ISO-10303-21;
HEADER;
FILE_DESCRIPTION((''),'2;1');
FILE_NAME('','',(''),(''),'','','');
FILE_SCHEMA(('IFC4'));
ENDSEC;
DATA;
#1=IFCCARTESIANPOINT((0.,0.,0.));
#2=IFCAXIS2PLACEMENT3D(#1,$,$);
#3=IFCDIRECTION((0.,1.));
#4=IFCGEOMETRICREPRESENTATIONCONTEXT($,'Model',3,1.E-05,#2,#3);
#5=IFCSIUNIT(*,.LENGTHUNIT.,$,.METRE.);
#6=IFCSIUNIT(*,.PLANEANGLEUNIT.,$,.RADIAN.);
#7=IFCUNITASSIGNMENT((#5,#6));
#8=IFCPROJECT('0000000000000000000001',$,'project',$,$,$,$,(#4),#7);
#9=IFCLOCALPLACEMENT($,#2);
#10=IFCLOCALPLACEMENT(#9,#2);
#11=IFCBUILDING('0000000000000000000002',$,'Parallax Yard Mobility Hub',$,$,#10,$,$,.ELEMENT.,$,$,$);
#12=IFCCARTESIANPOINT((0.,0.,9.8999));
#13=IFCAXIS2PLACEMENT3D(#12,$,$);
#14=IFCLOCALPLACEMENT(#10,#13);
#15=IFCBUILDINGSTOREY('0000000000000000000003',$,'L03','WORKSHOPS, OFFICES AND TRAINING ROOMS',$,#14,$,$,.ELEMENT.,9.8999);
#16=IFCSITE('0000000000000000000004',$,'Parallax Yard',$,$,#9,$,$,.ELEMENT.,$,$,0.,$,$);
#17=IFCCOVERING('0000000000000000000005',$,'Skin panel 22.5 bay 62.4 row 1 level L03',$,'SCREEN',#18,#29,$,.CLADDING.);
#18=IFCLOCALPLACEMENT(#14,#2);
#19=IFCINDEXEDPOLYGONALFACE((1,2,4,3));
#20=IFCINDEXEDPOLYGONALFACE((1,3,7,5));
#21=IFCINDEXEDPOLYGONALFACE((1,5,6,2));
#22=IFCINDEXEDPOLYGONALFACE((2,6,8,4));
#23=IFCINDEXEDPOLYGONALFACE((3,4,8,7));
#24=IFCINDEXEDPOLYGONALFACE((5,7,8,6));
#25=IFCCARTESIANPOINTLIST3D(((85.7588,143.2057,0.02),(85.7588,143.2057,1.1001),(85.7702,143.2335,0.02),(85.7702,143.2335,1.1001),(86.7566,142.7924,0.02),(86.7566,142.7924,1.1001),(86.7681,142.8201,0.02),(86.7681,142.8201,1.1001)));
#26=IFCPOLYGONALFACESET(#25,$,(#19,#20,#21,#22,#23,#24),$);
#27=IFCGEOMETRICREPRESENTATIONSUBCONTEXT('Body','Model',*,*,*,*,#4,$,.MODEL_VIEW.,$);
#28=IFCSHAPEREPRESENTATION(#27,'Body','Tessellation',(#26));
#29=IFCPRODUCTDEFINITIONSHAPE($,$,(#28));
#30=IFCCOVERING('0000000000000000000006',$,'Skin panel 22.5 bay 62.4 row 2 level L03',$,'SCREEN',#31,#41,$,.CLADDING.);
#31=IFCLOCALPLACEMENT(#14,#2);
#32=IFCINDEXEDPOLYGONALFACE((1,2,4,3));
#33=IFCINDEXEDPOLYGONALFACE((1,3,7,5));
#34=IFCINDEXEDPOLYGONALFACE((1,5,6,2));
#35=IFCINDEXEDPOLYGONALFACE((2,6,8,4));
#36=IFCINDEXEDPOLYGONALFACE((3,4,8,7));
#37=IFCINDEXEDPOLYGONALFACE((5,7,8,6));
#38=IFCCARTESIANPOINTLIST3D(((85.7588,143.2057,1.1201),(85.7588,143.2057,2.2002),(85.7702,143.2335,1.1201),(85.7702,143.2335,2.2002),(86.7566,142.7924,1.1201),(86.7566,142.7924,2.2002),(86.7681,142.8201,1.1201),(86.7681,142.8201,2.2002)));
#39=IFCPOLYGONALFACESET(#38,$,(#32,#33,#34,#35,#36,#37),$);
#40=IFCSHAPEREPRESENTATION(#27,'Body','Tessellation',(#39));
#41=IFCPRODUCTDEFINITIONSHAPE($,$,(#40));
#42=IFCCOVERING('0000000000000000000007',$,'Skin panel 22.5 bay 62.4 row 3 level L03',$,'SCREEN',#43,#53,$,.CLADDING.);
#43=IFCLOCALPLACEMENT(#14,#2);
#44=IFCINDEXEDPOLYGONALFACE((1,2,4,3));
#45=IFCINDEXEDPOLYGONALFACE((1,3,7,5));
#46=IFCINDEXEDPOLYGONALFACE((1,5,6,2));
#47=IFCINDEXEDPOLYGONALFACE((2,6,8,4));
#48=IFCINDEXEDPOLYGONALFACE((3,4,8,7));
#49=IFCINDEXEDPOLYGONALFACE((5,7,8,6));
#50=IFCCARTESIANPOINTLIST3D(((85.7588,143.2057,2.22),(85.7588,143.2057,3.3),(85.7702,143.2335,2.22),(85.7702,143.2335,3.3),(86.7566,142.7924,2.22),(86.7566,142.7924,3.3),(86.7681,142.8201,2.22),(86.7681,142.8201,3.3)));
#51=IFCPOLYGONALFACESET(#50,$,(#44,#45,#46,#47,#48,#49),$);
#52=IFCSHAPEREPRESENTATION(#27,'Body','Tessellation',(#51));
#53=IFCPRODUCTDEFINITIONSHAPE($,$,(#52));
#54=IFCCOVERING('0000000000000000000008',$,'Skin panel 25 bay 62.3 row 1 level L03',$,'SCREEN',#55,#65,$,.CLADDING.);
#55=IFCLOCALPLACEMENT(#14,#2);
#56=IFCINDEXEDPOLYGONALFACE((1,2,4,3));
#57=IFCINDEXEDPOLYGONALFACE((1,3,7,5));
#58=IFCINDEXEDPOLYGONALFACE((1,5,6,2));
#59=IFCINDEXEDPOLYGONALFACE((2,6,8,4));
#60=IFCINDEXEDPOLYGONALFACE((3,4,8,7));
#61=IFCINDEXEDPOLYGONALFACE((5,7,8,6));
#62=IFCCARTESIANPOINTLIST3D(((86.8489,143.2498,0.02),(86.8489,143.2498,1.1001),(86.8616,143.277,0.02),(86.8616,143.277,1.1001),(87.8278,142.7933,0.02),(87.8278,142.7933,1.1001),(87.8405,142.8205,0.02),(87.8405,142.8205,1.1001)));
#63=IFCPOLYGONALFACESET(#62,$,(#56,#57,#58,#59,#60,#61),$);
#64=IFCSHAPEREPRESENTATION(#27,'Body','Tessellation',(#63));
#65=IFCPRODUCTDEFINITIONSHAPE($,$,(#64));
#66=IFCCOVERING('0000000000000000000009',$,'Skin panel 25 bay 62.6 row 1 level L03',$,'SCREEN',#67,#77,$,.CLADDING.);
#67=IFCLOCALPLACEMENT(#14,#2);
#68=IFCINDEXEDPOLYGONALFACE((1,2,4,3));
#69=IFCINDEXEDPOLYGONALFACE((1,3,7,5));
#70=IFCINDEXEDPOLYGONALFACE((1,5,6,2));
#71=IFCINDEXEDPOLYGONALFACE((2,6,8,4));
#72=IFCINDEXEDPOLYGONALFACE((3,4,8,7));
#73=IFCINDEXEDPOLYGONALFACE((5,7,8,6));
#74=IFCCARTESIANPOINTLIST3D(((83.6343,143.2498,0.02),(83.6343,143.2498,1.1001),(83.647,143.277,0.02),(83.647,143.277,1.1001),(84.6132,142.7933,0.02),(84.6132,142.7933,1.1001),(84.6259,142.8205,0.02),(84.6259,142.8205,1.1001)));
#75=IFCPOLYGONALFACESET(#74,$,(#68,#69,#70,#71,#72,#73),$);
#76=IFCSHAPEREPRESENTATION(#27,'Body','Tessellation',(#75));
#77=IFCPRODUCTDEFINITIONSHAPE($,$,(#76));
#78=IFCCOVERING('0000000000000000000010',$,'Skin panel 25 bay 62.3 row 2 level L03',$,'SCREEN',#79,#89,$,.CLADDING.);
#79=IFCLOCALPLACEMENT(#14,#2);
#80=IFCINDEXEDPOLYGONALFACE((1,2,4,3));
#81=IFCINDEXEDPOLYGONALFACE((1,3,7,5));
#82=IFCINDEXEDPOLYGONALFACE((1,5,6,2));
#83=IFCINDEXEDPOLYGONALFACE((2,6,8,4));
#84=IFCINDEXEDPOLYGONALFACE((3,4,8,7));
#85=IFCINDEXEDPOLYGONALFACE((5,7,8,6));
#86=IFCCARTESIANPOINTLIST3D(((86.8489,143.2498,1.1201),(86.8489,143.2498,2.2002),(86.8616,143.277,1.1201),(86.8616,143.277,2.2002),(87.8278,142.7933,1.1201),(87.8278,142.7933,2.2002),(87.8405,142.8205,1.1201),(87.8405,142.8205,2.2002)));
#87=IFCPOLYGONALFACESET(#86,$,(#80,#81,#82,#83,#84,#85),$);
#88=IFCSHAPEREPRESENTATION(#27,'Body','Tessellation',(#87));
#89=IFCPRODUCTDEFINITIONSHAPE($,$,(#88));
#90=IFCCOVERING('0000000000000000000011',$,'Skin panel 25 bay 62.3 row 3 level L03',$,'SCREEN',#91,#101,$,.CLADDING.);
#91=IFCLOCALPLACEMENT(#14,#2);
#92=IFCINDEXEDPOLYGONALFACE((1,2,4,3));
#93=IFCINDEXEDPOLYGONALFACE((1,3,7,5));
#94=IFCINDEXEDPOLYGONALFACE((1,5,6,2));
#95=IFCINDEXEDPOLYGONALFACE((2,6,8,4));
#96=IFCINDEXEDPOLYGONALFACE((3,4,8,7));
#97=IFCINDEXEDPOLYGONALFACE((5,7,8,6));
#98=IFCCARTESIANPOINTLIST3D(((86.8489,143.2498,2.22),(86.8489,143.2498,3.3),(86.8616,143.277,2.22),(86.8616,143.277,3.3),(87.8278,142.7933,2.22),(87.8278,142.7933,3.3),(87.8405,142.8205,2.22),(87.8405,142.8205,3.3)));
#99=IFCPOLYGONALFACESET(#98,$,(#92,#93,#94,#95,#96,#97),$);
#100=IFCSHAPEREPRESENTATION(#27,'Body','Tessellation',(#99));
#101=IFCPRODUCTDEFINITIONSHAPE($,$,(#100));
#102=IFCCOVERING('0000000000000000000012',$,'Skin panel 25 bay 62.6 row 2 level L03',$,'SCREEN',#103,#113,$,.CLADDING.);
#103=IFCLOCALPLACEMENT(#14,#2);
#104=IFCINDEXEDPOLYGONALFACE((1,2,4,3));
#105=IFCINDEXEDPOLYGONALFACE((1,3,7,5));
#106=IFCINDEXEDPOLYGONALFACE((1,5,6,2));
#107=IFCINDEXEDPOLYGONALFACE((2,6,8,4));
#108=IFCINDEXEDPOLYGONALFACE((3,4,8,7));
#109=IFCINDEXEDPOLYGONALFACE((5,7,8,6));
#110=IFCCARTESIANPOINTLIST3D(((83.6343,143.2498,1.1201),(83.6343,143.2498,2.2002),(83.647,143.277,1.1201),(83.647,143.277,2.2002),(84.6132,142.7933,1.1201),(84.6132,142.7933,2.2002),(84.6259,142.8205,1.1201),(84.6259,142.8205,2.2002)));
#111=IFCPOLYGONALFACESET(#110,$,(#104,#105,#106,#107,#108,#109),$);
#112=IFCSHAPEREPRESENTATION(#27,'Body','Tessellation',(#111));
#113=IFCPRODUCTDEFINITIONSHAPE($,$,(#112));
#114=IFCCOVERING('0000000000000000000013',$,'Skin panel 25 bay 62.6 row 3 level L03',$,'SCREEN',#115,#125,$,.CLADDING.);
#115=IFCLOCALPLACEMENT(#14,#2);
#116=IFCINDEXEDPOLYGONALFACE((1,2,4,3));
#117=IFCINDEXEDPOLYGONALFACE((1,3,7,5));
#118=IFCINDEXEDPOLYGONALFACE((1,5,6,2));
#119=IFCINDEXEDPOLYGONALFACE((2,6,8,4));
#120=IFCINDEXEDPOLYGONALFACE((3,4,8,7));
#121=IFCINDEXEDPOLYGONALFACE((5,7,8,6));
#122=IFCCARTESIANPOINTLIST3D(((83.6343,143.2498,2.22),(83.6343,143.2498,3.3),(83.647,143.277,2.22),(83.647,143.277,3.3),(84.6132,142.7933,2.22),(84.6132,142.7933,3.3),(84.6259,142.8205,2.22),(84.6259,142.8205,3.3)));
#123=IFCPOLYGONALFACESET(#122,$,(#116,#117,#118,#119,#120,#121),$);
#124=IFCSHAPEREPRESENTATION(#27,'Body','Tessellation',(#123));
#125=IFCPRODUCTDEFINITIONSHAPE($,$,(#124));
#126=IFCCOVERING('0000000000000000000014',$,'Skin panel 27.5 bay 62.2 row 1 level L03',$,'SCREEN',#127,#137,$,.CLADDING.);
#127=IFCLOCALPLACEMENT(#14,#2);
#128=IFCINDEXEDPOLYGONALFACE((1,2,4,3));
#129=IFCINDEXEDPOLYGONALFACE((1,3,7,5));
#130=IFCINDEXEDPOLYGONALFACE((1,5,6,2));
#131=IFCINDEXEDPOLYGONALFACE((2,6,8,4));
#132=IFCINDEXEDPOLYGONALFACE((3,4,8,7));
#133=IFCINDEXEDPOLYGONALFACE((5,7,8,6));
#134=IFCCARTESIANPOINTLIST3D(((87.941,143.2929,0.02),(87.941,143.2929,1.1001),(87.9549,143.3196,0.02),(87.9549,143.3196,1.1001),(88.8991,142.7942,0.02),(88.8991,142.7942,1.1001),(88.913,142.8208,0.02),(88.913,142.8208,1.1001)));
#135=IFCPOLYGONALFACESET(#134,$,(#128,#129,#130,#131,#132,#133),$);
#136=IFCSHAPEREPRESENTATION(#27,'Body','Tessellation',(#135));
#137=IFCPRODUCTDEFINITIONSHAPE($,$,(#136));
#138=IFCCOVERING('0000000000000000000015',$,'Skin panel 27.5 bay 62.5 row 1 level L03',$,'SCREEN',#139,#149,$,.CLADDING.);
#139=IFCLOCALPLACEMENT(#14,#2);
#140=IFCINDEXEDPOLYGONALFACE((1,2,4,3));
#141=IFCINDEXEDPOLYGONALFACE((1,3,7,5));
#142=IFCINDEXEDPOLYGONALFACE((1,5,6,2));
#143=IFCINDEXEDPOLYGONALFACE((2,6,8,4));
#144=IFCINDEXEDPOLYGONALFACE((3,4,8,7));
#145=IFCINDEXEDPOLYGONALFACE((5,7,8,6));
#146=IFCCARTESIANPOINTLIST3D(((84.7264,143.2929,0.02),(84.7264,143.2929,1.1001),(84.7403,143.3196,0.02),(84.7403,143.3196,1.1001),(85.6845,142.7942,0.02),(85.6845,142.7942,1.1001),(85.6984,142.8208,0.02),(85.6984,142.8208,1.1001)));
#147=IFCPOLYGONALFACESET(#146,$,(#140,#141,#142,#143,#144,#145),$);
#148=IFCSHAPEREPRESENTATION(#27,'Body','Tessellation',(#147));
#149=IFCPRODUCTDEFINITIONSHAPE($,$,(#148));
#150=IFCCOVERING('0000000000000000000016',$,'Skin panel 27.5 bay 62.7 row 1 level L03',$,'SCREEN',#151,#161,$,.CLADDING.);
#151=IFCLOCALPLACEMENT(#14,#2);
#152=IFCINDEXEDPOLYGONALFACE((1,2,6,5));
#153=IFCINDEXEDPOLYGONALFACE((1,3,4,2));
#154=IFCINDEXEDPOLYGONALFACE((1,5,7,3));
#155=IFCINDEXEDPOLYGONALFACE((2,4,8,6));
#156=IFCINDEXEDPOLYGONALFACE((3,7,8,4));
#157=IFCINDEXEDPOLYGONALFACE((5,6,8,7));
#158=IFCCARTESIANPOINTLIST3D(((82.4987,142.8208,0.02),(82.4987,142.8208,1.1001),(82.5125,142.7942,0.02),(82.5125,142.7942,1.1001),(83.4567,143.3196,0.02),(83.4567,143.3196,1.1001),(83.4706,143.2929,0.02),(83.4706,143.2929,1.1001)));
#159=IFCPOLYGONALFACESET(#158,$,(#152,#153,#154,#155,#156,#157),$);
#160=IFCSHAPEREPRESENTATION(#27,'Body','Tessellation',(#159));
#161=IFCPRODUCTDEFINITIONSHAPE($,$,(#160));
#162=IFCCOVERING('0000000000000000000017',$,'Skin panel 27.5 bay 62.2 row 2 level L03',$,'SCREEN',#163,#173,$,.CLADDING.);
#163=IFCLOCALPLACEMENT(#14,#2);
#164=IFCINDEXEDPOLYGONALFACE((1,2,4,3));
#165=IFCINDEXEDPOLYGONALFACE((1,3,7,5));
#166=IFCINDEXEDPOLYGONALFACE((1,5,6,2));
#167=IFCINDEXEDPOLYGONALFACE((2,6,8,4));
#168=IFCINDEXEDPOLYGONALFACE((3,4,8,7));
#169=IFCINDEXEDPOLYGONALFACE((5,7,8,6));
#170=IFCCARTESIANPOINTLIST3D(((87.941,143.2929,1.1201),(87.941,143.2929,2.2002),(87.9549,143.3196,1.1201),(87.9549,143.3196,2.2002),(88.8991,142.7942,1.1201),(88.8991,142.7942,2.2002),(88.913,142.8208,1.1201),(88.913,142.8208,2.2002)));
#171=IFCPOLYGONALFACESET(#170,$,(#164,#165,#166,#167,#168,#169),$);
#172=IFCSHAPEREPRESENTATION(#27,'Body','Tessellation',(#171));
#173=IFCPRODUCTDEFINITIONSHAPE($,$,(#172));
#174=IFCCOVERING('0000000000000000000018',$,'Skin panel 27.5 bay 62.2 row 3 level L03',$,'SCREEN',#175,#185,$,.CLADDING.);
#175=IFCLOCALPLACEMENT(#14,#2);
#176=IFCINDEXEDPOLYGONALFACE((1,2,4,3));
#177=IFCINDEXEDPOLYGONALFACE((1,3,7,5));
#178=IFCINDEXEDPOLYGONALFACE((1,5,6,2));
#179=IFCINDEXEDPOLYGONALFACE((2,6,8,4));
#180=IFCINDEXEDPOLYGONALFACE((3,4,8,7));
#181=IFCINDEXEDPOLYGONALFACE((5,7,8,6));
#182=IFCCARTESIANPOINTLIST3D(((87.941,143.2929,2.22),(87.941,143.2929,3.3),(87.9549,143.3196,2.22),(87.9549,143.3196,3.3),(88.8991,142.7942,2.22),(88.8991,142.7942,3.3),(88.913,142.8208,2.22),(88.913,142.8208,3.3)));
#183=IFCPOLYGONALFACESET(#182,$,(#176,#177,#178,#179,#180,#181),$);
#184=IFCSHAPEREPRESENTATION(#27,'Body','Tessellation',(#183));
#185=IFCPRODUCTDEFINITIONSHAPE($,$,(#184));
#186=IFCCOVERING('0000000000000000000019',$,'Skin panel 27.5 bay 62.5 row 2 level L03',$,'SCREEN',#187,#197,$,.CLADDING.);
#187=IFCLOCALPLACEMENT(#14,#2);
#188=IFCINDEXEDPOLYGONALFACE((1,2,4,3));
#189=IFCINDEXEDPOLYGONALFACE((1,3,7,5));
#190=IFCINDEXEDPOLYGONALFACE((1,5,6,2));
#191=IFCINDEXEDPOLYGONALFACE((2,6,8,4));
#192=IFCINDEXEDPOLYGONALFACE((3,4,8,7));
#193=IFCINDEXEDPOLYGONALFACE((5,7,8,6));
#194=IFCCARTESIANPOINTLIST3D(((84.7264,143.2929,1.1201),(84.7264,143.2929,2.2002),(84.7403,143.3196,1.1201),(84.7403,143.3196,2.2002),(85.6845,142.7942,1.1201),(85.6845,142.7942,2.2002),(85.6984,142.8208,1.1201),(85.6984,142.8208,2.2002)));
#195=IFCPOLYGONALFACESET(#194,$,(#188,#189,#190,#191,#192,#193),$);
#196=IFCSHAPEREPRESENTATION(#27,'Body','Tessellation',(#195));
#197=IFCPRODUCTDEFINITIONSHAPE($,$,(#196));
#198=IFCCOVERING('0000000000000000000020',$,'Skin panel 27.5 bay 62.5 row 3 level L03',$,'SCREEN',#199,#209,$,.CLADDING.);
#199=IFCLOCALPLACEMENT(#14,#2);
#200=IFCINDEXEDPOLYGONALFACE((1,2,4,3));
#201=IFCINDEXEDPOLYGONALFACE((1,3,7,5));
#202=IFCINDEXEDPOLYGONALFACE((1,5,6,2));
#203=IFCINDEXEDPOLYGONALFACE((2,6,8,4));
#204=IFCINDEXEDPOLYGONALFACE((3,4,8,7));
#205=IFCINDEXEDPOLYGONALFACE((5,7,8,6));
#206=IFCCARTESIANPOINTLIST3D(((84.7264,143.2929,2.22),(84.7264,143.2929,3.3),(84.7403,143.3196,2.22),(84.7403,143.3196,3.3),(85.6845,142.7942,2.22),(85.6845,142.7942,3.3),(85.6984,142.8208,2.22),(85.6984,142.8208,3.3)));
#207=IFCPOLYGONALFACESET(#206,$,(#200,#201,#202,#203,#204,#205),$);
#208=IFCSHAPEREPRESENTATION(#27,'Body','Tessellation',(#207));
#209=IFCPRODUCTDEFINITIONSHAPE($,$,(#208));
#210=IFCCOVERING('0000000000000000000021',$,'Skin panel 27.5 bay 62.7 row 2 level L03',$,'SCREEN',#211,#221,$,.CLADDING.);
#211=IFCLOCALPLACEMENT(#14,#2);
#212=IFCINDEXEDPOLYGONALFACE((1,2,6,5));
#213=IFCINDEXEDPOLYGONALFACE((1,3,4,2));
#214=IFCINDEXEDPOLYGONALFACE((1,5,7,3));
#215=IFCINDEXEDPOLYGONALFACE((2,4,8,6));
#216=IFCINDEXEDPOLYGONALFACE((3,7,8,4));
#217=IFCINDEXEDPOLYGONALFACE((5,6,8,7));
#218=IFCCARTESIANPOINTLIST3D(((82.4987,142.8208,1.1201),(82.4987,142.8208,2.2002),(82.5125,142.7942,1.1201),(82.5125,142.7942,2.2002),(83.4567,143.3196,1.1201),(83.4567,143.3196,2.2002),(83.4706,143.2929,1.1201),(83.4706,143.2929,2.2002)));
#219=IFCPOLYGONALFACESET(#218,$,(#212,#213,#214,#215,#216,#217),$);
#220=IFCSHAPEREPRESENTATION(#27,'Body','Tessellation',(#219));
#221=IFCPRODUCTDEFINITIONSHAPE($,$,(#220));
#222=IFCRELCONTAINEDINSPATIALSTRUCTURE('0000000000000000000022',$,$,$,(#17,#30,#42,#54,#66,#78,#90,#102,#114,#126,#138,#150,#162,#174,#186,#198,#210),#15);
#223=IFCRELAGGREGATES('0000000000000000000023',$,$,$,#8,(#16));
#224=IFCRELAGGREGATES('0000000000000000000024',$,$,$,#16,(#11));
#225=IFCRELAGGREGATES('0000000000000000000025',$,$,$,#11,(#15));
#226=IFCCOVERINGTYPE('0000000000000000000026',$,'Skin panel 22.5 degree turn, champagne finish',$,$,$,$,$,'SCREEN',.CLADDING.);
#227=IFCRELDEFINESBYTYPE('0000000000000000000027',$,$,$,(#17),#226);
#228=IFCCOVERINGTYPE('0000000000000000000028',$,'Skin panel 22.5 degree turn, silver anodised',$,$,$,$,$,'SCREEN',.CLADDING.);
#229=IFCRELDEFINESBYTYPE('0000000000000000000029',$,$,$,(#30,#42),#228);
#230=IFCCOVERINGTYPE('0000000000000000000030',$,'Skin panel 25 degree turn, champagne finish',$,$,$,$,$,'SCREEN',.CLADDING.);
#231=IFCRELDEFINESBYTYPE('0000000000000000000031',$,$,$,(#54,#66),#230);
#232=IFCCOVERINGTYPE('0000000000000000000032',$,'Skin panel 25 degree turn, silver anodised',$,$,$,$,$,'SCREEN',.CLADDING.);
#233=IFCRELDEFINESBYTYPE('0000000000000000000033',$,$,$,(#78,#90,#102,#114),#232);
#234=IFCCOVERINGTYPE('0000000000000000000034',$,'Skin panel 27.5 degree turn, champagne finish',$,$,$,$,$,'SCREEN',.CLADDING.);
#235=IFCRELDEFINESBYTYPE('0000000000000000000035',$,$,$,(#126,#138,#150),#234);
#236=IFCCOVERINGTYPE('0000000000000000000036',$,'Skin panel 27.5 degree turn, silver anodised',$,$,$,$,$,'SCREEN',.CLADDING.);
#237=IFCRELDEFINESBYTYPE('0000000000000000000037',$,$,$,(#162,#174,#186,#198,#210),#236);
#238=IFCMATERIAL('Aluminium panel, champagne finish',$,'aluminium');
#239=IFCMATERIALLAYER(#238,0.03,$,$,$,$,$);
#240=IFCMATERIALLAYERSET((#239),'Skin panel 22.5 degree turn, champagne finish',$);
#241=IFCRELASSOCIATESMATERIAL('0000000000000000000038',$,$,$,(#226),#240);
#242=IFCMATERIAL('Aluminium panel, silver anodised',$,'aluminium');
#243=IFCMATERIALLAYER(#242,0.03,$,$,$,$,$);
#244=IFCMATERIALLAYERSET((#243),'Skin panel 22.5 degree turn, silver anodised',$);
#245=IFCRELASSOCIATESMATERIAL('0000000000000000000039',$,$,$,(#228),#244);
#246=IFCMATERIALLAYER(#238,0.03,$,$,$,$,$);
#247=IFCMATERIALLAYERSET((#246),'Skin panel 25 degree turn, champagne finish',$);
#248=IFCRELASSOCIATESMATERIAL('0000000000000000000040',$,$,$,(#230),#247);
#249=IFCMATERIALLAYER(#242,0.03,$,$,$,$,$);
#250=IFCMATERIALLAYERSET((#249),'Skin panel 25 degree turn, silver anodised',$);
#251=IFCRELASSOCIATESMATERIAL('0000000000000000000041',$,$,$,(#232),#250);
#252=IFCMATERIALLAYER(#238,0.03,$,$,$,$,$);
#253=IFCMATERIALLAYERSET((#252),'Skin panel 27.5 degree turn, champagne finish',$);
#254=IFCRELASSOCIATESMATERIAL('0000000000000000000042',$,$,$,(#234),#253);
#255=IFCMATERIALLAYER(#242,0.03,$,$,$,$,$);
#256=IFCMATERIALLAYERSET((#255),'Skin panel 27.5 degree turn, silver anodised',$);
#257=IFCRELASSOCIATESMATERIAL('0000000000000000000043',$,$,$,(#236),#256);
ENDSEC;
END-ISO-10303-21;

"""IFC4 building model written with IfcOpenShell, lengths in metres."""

from ifc_helpers import new_model, si_unit, direction, frame, origin, origin_2d, place, context, subcontext, project, spatial, rectangle, extrude, material, layer, layer_set, type_object, element, save


model = new_model("IFC4")

# Units and contexts
model_context = context("Model", 3, precision=1e-05, world=origin(), true_north=direction((0.0, 1.0)))
body_context = subcontext(model_context, "Body", "Model", "MODEL_VIEW")
ifc_project = project(units=[si_unit("LENGTHUNIT", "METRE"), si_unit("PLANEANGLEUNIT", "RADIAN")], contexts=[model_context])

# Site, building, storey
site_placement = place(None, origin())
site = spatial("IfcSite", under=ifc_project, at=site_placement, Name="Parallax Yard", CompositionType="ELEMENT", RefElevation=0.0)
building_placement = place(site_placement, origin())
building = spatial("IfcBuilding", under=site, at=building_placement, Name="Parallax Yard Mobility Hub", CompositionType="ELEMENT")
storey_placement = place(building_placement, frame((0.0, 0.0, 9.8999)))
storey = spatial("IfcBuildingStorey", under=building, at=storey_placement, Name="L03", Description="WORKSHOPS, OFFICES AND TRAINING ROOMS", CompositionType="ELEMENT", Elevation=9.8999)

# Coverings
ifc_material_1 = material(Name="Aluminium panel, champagne finish", Category="aluminium")
ifc_layer_1 = layer(ifc_material_1, 0.03)
ifc_layer_set_1 = layer_set([ifc_layer_1], Name="Skin panel 22.5 degree turn, champagne finish")
covering_type_1 = type_object("IfcCoveringType", Name="Skin panel 22.5 degree turn, champagne finish", ElementType="SCREEN", PredefinedType="CLADDING", material=ifc_layer_set_1)
covering_1_placement = place(storey_placement, frame((86.2634, 143.0129, 0.02), z_axis=(0.0, 0.0, 1.0), x_axis=(-0.92388, 0.382683, 0.0)))
element("IfcCovering", 1, at=covering_1_placement, inside=storey, type_object=covering_type_1, Name="Skin panel 22.5 bay 62.4 row 1 level L03", ObjectType="SCREEN", PredefinedType="CLADDING", context=body_context, shape_type="SweptSolid", body=[
    extrude(rectangle(XDim=1.0801, YDim=0.03, at=origin_2d()), origin(), (0.0, 0.0, 1.0), 1.0801),
])
ifc_material_2 = material(Name="Aluminium panel, silver anodised", Category="aluminium")
ifc_layer_2 = layer(ifc_material_2, 0.03)
ifc_layer_set_2 = layer_set([ifc_layer_2], Name="Skin panel 22.5 degree turn, silver anodised")
covering_type_2 = type_object("IfcCoveringType", Name="Skin panel 22.5 degree turn, silver anodised", ElementType="SCREEN", PredefinedType="CLADDING", material=ifc_layer_set_2)
for number, where, z_axis, x_axis, name in (
    (2, (86.2634, 143.0129, 1.1201), (0.0, 0.0, 1.0), (-0.92388, 0.382683, 0.0), "Skin panel 22.5 bay 62.4 row 2 level L03"),
    (3, (86.2634, 143.0129, 2.22), (0.0, 0.0, 1.0), (-0.92388, 0.382683, 0.0), "Skin panel 22.5 bay 62.4 row 3 level L03"),
):
    element("IfcCovering", number, at=place(storey_placement, frame(where, z_axis=z_axis, x_axis=x_axis)), inside=storey, type_object=covering_type_2, Name=name, ObjectType="SCREEN", PredefinedType="CLADDING", context=body_context, shape_type="SweptSolid", body=[
        extrude(rectangle(XDim=1.0801, YDim=0.03, at=origin_2d()), origin(), (0.0, 0.0, 1.0), 1.0801),
    ])
ifc_layer_3 = layer(ifc_material_1, 0.03)
ifc_layer_set_3 = layer_set([ifc_layer_3], Name="Skin panel 25 degree turn, champagne finish")
covering_type_3 = type_object("IfcCoveringType", Name="Skin panel 25 degree turn, champagne finish", ElementType="SCREEN", PredefinedType="CLADDING", material=ifc_layer_set_3)
for number, where, z_axis, x_axis, name in (
    (4, (87.3447, 143.0352, 0.02), (0.0, 0.0, 1.0), (-0.906308, 0.422618, 0.0), "Skin panel 25 bay 62.3 row 1 level L03"),
    (5, (84.1301, 143.0352, 0.02), (0.0, 0.0, 1.0), (-0.906308, 0.422618, 0.0), "Skin panel 25 bay 62.6 row 1 level L03"),
):
    element("IfcCovering", number, at=place(storey_placement, frame(where, z_axis=z_axis, x_axis=x_axis)), inside=storey, type_object=covering_type_3, Name=name, ObjectType="SCREEN", PredefinedType="CLADDING", context=body_context, shape_type="SweptSolid", body=[
        extrude(rectangle(XDim=1.0801, YDim=0.03, at=origin_2d()), origin(), (0.0, 0.0, 1.0), 1.0801),
    ])
ifc_layer_4 = layer(ifc_material_2, 0.03)
ifc_layer_set_4 = layer_set([ifc_layer_4], Name="Skin panel 25 degree turn, silver anodised")
covering_type_4 = type_object("IfcCoveringType", Name="Skin panel 25 degree turn, silver anodised", ElementType="SCREEN", PredefinedType="CLADDING", material=ifc_layer_set_4)
for number, where, z_axis, x_axis, name in (
    (6, (87.3447, 143.0352, 1.1201), (0.0, 0.0, 1.0), (-0.906308, 0.422618, 0.0), "Skin panel 25 bay 62.3 row 2 level L03"),
    (7, (87.3447, 143.0352, 2.22), (0.0, 0.0, 1.0), (-0.906308, 0.422618, 0.0), "Skin panel 25 bay 62.3 row 3 level L03"),
    (8, (84.1301, 143.0352, 1.1201), (0.0, 0.0, 1.0), (-0.906308, 0.422618, 0.0), "Skin panel 25 bay 62.6 row 2 level L03"),
    (9, (84.1301, 143.0352, 2.22), (0.0, 0.0, 1.0), (-0.906308, 0.422618, 0.0), "Skin panel 25 bay 62.6 row 3 level L03"),
):
    element("IfcCovering", number, at=place(storey_placement, frame(where, z_axis=z_axis, x_axis=x_axis)), inside=storey, type_object=covering_type_4, Name=name, ObjectType="SCREEN", PredefinedType="CLADDING", context=body_context, shape_type="SweptSolid", body=[
        extrude(rectangle(XDim=1.0801, YDim=0.03, at=origin_2d()), origin(), (0.0, 0.0, 1.0), 1.0801),
    ])
ifc_layer_5 = layer(ifc_material_1, 0.03)
ifc_layer_set_5 = layer_set([ifc_layer_5], Name="Skin panel 27.5 degree turn, champagne finish")
covering_type_5 = type_object("IfcCoveringType", Name="Skin panel 27.5 degree turn, champagne finish", ElementType="SCREEN", PredefinedType="CLADDING", material=ifc_layer_set_5)
for number, where, z_axis, x_axis, name in (
    (10, (88.427, 143.0569, 0.02), (0.0, 0.0, 1.0), (-0.887011, 0.461749, 0.0), "Skin panel 27.5 bay 62.2 row 1 level L03"),
    (11, (85.2124, 143.0569, 0.02), (0.0, 0.0, 1.0), (-0.887011, 0.461749, 0.0), "Skin panel 27.5 bay 62.5 row 1 level L03"),
    (12, (82.9846, 143.0569, 0.02), (0.0, 0.0, 1.0), (0.887011, 0.461749, 0.0), "Skin panel 27.5 bay 62.7 row 1 level L03"),
):
    element("IfcCovering", number, at=place(storey_placement, frame(where, z_axis=z_axis, x_axis=x_axis)), inside=storey, type_object=covering_type_5, Name=name, ObjectType="SCREEN", PredefinedType="CLADDING", context=body_context, shape_type="SweptSolid", body=[
        extrude(rectangle(XDim=1.0801, YDim=0.03, at=origin_2d()), origin(), (0.0, 0.0, 1.0), 1.0801),
    ])
ifc_layer_6 = layer(ifc_material_2, 0.03)
ifc_layer_set_6 = layer_set([ifc_layer_6], Name="Skin panel 27.5 degree turn, silver anodised")
covering_type_6 = type_object("IfcCoveringType", Name="Skin panel 27.5 degree turn, silver anodised", ElementType="SCREEN", PredefinedType="CLADDING", material=ifc_layer_set_6)
for number, where, z_axis, x_axis, name in (
    (13, (88.427, 143.0569, 1.1201), (0.0, 0.0, 1.0), (-0.887011, 0.461749, 0.0), "Skin panel 27.5 bay 62.2 row 2 level L03"),
    (14, (88.427, 143.0569, 2.22), (0.0, 0.0, 1.0), (-0.887011, 0.461749, 0.0), "Skin panel 27.5 bay 62.2 row 3 level L03"),
    (15, (85.2124, 143.0569, 1.1201), (0.0, 0.0, 1.0), (-0.887011, 0.461749, 0.0), "Skin panel 27.5 bay 62.5 row 2 level L03"),
    (16, (85.2124, 143.0569, 2.22), (0.0, 0.0, 1.0), (-0.887011, 0.461749, 0.0), "Skin panel 27.5 bay 62.5 row 3 level L03"),
    (17, (82.9846, 143.0569, 1.1201), (0.0, 0.0, 1.0), (0.887011, 0.461749, 0.0), "Skin panel 27.5 bay 62.7 row 2 level L03"),
):
    element("IfcCovering", number, at=place(storey_placement, frame(where, z_axis=z_axis, x_axis=x_axis)), inside=storey, type_object=covering_type_6, Name=name, ObjectType="SCREEN", PredefinedType="CLADDING", context=body_context, shape_type="SweptSolid", body=[
        extrude(rectangle(XDim=1.0801, YDim=0.03, at=origin_2d()), origin(), (0.0, 0.0, 1.0), 1.0801),
    ])

save(model, "model.ifc")
